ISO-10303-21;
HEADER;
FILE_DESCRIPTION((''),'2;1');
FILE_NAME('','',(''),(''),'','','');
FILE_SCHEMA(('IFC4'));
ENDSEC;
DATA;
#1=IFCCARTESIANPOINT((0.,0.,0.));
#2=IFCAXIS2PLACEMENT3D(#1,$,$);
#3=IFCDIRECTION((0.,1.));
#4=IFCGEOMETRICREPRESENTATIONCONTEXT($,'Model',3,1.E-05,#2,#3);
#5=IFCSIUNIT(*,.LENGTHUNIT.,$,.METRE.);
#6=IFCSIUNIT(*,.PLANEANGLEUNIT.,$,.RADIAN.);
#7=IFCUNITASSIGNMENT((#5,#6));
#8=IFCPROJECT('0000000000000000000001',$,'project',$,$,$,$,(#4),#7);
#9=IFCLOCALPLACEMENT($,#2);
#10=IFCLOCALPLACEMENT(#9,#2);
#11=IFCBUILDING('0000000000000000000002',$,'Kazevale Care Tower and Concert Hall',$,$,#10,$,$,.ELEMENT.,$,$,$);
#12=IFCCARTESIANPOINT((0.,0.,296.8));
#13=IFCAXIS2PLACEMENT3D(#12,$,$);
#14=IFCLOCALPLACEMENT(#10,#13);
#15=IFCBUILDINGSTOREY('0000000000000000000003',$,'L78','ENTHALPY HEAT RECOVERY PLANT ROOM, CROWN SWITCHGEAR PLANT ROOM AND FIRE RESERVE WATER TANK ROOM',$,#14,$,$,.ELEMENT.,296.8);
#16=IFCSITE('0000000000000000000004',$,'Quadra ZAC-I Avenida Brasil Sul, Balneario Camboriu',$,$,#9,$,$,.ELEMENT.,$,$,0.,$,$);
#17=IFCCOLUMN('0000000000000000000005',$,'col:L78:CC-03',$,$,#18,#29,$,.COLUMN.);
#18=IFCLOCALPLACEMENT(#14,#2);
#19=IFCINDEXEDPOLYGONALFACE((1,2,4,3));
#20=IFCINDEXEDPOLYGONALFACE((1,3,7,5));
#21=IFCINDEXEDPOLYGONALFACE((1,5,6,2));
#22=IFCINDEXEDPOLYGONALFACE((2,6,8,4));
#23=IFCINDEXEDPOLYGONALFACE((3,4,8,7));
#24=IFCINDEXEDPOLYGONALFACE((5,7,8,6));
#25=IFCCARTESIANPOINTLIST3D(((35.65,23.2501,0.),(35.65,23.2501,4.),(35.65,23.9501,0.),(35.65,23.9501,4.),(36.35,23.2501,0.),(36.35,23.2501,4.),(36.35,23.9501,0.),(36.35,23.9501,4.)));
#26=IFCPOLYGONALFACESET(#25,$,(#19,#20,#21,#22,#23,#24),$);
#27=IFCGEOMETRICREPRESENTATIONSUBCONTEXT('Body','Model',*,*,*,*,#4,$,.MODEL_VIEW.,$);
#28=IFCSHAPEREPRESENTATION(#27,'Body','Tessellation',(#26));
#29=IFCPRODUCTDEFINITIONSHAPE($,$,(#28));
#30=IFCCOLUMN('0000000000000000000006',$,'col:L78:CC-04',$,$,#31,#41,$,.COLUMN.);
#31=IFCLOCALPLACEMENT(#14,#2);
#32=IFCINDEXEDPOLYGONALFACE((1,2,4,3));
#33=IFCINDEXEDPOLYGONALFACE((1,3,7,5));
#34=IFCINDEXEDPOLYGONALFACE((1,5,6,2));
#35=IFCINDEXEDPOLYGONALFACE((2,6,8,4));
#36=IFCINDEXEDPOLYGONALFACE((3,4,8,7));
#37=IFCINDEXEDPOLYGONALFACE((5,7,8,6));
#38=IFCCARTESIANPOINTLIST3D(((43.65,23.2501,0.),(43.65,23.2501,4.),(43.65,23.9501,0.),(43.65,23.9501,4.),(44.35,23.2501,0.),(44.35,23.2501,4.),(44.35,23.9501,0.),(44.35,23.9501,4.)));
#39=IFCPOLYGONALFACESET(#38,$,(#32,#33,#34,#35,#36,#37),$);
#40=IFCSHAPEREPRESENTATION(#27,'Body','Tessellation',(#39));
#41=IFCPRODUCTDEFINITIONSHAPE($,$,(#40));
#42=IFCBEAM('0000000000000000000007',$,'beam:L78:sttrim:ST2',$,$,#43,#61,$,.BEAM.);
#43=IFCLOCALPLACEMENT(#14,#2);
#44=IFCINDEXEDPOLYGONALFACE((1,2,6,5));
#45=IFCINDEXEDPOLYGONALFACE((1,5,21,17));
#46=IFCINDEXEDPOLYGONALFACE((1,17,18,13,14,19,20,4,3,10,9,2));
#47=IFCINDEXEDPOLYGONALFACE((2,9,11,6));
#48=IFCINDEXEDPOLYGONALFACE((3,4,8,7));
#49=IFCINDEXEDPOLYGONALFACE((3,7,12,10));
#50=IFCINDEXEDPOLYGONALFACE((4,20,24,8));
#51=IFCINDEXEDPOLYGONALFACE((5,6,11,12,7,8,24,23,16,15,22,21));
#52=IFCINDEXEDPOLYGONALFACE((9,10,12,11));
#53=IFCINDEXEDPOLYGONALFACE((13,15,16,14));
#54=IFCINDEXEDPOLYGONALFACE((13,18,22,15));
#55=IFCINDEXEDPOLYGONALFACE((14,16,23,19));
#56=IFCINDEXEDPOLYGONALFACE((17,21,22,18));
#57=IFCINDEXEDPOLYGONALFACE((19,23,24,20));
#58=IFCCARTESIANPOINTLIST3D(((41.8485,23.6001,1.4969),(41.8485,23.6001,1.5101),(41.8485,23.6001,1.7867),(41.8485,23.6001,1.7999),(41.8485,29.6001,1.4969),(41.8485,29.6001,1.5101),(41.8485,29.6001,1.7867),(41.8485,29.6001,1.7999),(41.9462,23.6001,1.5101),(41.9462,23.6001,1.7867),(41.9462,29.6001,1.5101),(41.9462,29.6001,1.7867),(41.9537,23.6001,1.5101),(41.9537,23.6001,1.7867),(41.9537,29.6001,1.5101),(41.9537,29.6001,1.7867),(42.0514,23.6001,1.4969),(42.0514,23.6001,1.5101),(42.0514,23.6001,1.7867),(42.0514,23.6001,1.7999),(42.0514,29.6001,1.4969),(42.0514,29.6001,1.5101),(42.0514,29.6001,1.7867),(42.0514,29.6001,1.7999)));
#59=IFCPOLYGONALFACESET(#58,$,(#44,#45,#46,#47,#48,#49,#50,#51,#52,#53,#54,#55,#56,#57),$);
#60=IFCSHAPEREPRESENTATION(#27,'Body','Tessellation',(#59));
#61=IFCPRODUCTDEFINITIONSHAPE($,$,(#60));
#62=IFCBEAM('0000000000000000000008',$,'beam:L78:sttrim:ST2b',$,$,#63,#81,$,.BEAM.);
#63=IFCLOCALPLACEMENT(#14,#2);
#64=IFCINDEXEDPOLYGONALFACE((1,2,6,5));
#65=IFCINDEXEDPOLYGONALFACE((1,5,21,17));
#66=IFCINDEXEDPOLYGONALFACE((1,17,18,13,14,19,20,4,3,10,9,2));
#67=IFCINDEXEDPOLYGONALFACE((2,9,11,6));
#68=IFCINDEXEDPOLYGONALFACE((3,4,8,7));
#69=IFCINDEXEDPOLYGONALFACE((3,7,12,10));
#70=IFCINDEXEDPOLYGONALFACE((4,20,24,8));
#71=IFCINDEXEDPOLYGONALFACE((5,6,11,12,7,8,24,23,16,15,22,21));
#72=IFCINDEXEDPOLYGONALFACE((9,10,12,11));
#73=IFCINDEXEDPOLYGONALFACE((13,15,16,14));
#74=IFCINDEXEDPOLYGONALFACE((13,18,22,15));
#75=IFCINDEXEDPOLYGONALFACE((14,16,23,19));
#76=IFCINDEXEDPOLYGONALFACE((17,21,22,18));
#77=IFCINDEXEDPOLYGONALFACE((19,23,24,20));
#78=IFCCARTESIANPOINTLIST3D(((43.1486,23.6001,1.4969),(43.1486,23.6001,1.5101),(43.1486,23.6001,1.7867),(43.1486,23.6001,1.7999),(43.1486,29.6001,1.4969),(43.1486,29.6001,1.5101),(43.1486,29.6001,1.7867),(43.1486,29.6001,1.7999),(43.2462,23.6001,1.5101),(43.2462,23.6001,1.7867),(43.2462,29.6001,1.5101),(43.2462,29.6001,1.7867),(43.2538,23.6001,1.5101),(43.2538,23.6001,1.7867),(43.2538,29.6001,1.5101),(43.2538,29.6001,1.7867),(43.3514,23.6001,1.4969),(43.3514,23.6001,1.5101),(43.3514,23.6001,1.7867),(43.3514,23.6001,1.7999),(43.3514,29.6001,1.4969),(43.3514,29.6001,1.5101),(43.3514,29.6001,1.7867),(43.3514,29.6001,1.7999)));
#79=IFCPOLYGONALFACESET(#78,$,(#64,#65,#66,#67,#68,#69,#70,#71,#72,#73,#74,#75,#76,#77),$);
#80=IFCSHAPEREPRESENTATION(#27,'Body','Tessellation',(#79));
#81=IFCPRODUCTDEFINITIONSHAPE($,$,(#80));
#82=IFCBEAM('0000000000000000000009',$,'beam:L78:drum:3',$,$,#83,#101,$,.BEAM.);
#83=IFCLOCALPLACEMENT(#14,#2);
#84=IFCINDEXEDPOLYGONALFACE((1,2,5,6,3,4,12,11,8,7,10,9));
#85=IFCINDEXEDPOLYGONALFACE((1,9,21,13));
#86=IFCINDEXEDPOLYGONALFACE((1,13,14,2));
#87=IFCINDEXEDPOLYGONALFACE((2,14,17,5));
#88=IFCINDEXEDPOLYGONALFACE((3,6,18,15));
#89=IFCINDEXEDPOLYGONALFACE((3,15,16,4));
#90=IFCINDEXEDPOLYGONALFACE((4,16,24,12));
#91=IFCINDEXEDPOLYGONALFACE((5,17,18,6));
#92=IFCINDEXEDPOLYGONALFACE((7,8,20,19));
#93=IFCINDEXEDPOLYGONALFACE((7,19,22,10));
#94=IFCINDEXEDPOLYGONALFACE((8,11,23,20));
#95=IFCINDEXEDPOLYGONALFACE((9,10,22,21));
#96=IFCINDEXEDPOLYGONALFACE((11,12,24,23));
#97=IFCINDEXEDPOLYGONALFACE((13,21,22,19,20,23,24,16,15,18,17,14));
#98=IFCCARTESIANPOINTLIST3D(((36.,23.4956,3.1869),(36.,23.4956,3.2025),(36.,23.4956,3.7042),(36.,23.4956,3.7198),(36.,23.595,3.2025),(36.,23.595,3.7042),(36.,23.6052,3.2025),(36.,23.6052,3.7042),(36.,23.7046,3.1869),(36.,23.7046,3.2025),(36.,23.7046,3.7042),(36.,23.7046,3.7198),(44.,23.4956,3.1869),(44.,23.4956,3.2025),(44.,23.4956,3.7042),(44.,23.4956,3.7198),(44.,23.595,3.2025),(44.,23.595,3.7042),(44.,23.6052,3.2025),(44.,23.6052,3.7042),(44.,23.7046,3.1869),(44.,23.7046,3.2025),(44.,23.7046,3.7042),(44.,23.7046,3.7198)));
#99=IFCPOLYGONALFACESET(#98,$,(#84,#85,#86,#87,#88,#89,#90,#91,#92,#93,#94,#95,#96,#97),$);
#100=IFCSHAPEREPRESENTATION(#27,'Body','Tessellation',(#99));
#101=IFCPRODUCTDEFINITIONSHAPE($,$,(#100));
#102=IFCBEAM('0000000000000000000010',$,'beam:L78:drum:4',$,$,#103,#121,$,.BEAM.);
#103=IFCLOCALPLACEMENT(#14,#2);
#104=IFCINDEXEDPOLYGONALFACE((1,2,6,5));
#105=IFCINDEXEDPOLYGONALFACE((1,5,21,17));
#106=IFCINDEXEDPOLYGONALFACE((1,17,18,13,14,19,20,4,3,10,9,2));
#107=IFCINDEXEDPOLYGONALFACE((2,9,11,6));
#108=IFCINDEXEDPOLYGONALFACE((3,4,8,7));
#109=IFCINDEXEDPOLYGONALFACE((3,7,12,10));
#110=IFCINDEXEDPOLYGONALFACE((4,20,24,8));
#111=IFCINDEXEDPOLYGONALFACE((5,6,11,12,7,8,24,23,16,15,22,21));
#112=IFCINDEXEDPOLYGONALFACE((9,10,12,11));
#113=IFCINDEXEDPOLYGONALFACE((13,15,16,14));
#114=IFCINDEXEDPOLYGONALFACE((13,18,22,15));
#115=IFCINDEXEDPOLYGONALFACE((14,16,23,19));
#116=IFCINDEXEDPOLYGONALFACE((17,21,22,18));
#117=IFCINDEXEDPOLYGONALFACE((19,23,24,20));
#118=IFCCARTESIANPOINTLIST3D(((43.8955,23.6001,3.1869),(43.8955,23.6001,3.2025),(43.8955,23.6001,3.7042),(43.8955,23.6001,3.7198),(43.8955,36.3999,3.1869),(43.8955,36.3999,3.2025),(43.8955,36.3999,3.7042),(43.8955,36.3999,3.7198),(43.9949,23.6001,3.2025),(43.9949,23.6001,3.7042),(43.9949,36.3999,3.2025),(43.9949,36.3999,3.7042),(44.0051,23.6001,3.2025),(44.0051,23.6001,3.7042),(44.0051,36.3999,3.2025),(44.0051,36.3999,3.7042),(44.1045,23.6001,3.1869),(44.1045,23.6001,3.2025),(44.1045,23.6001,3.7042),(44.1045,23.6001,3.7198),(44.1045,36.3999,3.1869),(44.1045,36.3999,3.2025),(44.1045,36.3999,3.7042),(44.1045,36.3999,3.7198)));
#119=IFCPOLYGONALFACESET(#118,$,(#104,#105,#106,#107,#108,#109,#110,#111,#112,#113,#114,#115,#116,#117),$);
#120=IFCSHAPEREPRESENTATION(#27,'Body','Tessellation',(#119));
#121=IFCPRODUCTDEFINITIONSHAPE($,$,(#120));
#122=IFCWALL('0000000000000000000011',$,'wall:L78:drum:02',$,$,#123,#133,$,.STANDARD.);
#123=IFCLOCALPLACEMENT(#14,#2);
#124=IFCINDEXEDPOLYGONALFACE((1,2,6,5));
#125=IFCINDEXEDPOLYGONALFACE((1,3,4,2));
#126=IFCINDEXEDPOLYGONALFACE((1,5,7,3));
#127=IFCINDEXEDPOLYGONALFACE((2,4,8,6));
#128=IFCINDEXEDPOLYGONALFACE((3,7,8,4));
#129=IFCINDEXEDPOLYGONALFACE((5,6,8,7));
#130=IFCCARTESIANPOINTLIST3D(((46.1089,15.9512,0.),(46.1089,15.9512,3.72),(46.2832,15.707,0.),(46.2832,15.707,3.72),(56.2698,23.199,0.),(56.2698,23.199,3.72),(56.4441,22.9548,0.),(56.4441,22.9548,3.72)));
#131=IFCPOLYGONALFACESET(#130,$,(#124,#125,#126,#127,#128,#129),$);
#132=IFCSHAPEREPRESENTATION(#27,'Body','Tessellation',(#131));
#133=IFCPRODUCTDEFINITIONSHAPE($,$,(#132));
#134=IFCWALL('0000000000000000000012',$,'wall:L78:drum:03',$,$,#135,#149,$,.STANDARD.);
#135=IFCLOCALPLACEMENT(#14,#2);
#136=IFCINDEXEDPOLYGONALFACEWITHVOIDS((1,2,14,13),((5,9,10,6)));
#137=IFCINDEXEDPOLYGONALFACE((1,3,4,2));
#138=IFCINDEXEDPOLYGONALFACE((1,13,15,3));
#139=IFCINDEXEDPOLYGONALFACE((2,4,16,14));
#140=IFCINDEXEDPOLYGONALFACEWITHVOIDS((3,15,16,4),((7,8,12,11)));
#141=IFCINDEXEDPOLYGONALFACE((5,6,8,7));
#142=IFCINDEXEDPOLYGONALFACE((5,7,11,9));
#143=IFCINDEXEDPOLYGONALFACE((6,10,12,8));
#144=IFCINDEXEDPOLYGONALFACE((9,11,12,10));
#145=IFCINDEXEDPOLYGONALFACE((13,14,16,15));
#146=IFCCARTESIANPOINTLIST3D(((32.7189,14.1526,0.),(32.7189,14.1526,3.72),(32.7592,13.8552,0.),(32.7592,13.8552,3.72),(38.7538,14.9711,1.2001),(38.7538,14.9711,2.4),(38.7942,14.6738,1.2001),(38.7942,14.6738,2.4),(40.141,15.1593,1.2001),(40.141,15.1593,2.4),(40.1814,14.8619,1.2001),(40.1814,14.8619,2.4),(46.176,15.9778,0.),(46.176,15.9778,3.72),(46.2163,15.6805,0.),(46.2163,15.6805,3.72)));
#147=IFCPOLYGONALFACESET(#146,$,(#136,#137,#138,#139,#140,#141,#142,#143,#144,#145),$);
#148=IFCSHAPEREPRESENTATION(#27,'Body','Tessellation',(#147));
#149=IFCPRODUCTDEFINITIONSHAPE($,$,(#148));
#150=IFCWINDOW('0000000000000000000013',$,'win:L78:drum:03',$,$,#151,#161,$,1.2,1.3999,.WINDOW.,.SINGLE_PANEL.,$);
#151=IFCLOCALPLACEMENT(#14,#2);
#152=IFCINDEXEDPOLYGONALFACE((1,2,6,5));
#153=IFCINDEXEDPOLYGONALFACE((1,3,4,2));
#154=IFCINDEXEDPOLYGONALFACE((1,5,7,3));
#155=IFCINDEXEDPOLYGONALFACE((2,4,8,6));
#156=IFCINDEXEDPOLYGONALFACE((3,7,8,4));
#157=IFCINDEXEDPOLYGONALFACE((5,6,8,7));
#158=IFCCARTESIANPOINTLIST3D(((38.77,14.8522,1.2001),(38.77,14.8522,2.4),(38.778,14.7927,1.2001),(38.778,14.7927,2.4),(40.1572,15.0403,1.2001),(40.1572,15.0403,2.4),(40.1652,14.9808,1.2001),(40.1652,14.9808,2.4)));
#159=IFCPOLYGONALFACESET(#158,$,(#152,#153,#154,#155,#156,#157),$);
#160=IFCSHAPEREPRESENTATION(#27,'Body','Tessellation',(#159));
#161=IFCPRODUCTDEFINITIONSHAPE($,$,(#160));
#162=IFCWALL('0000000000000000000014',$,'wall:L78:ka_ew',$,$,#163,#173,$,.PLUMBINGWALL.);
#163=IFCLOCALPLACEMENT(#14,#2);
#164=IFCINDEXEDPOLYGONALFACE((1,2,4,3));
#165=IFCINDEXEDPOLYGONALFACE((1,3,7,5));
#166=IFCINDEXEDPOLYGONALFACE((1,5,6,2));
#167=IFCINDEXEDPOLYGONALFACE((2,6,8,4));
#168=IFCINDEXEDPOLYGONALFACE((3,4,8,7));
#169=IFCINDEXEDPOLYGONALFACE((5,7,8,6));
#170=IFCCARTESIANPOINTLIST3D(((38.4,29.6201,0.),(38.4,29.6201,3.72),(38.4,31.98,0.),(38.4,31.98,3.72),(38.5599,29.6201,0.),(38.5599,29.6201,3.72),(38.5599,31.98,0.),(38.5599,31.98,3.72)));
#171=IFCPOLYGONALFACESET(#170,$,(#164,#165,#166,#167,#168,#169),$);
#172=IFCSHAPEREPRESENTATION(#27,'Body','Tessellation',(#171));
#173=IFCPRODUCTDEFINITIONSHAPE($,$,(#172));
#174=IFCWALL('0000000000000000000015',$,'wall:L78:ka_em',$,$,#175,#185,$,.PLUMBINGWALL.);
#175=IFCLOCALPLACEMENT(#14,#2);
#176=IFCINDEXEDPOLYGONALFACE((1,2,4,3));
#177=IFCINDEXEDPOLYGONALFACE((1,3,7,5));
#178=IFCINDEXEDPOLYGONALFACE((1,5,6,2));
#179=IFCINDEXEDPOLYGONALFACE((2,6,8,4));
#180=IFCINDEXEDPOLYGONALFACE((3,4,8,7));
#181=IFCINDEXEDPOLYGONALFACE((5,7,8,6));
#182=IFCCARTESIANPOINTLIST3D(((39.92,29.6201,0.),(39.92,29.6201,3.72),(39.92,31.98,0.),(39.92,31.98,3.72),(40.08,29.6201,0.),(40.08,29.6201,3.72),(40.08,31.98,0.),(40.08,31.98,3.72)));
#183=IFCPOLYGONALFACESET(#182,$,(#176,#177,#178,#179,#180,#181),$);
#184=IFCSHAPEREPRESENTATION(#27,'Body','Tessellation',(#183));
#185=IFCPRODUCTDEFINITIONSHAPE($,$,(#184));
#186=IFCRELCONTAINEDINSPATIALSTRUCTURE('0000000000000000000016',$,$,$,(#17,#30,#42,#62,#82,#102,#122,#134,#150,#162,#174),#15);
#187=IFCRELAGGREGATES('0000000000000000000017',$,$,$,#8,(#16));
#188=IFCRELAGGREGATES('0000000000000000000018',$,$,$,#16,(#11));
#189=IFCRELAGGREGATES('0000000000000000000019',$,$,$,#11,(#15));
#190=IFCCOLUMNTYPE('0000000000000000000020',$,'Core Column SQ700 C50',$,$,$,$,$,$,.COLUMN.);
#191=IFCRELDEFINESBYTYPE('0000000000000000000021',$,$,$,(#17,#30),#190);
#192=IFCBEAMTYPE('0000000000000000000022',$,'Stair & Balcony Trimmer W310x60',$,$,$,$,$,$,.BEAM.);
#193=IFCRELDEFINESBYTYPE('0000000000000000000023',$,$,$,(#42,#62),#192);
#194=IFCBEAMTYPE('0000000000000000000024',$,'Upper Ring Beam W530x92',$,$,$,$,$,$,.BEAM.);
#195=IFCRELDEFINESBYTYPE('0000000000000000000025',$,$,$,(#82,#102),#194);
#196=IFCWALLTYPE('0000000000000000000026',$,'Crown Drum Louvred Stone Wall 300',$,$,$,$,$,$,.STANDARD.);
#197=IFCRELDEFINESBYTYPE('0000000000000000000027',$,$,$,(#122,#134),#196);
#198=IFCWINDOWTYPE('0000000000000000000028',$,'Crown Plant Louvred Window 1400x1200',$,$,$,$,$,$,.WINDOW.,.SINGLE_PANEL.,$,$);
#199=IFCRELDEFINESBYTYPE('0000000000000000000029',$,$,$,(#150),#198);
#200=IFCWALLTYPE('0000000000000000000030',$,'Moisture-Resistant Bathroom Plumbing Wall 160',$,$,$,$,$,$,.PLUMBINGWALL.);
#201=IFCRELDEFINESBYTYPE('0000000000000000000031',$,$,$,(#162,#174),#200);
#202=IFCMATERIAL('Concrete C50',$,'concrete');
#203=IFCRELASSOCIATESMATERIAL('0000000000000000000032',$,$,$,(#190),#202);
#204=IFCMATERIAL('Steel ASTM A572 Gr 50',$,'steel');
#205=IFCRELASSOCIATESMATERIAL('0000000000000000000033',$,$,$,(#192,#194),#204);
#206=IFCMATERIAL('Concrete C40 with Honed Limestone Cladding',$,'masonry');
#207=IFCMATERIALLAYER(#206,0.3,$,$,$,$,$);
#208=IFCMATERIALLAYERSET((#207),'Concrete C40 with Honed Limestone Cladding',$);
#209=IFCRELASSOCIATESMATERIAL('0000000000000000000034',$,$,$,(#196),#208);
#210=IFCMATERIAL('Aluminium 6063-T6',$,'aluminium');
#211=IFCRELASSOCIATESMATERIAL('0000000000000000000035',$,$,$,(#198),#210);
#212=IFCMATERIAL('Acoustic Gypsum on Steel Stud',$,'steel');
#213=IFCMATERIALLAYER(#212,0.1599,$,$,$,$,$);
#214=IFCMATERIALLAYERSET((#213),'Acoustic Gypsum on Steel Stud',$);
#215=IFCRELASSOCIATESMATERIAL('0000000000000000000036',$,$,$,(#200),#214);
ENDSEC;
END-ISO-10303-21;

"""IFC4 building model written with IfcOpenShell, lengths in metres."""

from ifc_helpers import new_model, si_unit, direction, frame, frame_2d, origin, origin_2d, place, context, subcontext, project, spatial, rectangle, i_section, extrude, material, layer, layer_set, material_profile, profile_set, type_object, element, fill, save


model = new_model("IFC4")

# Units and contexts
model_context = context("Model", 3, precision=1e-05, world=origin(), true_north=direction((0.0, 1.0)))
body_context = subcontext(model_context, "Body", "Model", "MODEL_VIEW")
ifc_project = project(units=[si_unit("LENGTHUNIT", "METRE"), si_unit("PLANEANGLEUNIT", "RADIAN")], contexts=[model_context])

# Site, building, storey
site_placement = place(None, origin())
site = spatial("IfcSite", under=ifc_project, at=site_placement, Name="Quadra ZAC-I Avenida Brasil Sul, Balneario Camboriu", CompositionType="ELEMENT", RefElevation=0.0)
building_placement = place(site_placement, origin())
building = spatial("IfcBuilding", under=site, at=building_placement, Name="Kazevale Care Tower and Concert Hall", CompositionType="ELEMENT")
storey_placement = place(building_placement, frame((0.0, 0.0, 296.8)))
storey = spatial("IfcBuildingStorey", under=building, at=storey_placement, Name="L78", Description="ENTHALPY HEAT RECOVERY PLANT ROOM, CROWN SWITCHGEAR PLANT ROOM AND FIRE RESERVE WATER TANK ROOM", CompositionType="ELEMENT", Elevation=296.8)

# Columns
ifc_material_1 = material(Name="Concrete C50", Category="concrete")
ifc_material_profile_1 = material_profile(ifc_material_1, rectangle(XDim=0.7, YDim=0.7, at=origin_2d()), Name="RC-SQ700")
ifc_profile_set_1 = profile_set([ifc_material_profile_1], Name="Concrete C50")
column_type = type_object("IfcColumnType", Name="Core Column SQ700 C50", PredefinedType="COLUMN", material=ifc_profile_set_1)
for number, where, z_axis, x_axis, name in (
    (1, (36.0, 23.6001, 0.0), (0.0, 0.0, 1.0), (1.0, 0.0, 0.0), "col:L78:CC-03"),
    (2, (44.0, 23.6001, 0.0), (0.0, 0.0, 1.0), (1.0, 0.0, 0.0), "col:L78:CC-04"),
):
    element("IfcColumn", number, at=place(storey_placement, frame(where, z_axis=z_axis, x_axis=x_axis)), inside=storey, type_object=column_type, Name=name, PredefinedType="COLUMN", context=body_context, shape_type="SweptSolid", body=[
        extrude(rectangle(XDim=0.7, YDim=0.7, at=origin_2d()), origin(), (0.0, 0.0, 1.0), 4.0),
    ])

# Beams
ifc_material_2 = material(Name="Steel ASTM A572 Gr 50", Category="steel")
ifc_material_profile_2 = material_profile(ifc_material_2, i_section(OverallWidth=0.2029, OverallDepth=0.303, WebThickness=0.0076, FlangeThickness=0.0132, at=origin_2d()), Name="W310x60")
ifc_profile_set_2 = profile_set([ifc_material_profile_2], Name="Steel ASTM A572 Gr 50")
beam_type_1 = type_object("IfcBeamType", Name="Stair & Balcony Trimmer W310x60", PredefinedType="BEAM", material=ifc_profile_set_2)
for number, where, z_axis, x_axis, name in (
    (3, (41.95, 23.6001, 1.6484), (0.0, 1.0, 0.0), (-1.0, 0.0, 0.0), "beam:L78:sttrim:ST2"),
    (4, (43.25, 23.6001, 1.6484), (0.0, 1.0, 0.0), (-1.0, 0.0, 0.0), "beam:L78:sttrim:ST2b"),
):
    element("IfcBeam", number, at=place(storey_placement, frame(where, z_axis=z_axis, x_axis=x_axis)), inside=storey, type_object=beam_type_1, Name=name, PredefinedType="BEAM", context=body_context, shape_type="SweptSolid", body=[
        extrude(i_section(OverallWidth=0.2029, OverallDepth=0.303, WebThickness=0.0076, FlangeThickness=0.0132, at=origin_2d()), origin(), (0.0, 0.0, 1.0), 6.0),
    ])
ifc_material_profile_3 = material_profile(ifc_material_2, i_section(OverallWidth=0.209, OverallDepth=0.533, WebThickness=0.0103, FlangeThickness=0.0156, at=origin_2d()), Name="W530x92")
ifc_profile_set_3 = profile_set([ifc_material_profile_3], Name="Steel ASTM A572 Gr 50")
beam_type_2 = type_object("IfcBeamType", Name="Upper Ring Beam W530x92", PredefinedType="BEAM", material=ifc_profile_set_3)
beam_1_placement = place(storey_placement, frame((36.0, 23.6001, 3.4534), z_axis=(1.0, 0.0, 0.0), x_axis=(0.0, 1.0, 0.0)))
element("IfcBeam", 5, at=beam_1_placement, inside=storey, type_object=beam_type_2, Name="beam:L78:drum:3", PredefinedType="BEAM", context=body_context, shape_type="SweptSolid", body=[
    extrude(i_section(OverallWidth=0.209, OverallDepth=0.533, WebThickness=0.0103, FlangeThickness=0.0156, at=origin_2d()), origin(), (0.0, 0.0, 1.0), 8.0),
])
beam_2_placement = place(storey_placement, frame((44.0, 23.6001, 3.4534), z_axis=(0.0, 1.0, 0.0), x_axis=(-1.0, 0.0, 0.0)))
element("IfcBeam", 6, at=beam_2_placement, inside=storey, type_object=beam_type_2, Name="beam:L78:drum:4", PredefinedType="BEAM", context=body_context, shape_type="SweptSolid", body=[
    extrude(i_section(OverallWidth=0.209, OverallDepth=0.533, WebThickness=0.0103, FlangeThickness=0.0156, at=origin_2d()), origin(), (0.0, 0.0, 1.0), 12.7998),
])

# Wall
ifc_material_3 = material(Name="Concrete C40 with Honed Limestone Cladding", Category="masonry")
ifc_layer_1 = layer(ifc_material_3, 0.3)
ifc_layer_set_1 = layer_set([ifc_layer_1], Name="Concrete C40 with Honed Limestone Cladding")
wall_type_1 = type_object("IfcWallType", Name="Crown Drum Louvred Stone Wall 300", PredefinedType="STANDARD", material=ifc_layer_set_1)
wall_1_placement = place(storey_placement, frame((56.3569, 23.0769, 0.0), z_axis=(0.0, 0.0, 1.0), x_axis=(-0.814111, -0.580709, 0.0)))
element("IfcWall", 7, at=wall_1_placement, inside=storey, type_object=wall_type_1, Name="wall:L78:drum:02", PredefinedType="STANDARD", context=body_context, shape_type="SweptSolid", body=[
    extrude(rectangle(XDim=12.481, YDim=0.3, at=frame_2d((6.2405, 0.0))), origin(), (0.0, 0.0, 1.0), 3.72),
])

# Wall, opening, window
wall_2_placement = place(storey_placement, frame((46.196, 15.8291, 0.0), z_axis=(0.0, 0.0, 1.0), x_axis=(-0.990927, -0.134401, 0.0)))
wall_2 = element("IfcWall", 8, at=wall_2_placement, inside=storey, type_object=wall_type_1, Name="wall:L78:drum:03", PredefinedType="STANDARD", context=body_context, shape_type="SweptSolid", body=[
    extrude(rectangle(XDim=13.5803, YDim=0.3, at=frame_2d((6.79, 0.0))), origin(), (0.0, 0.0, 1.0), 3.72),
])
opening_1_placement = place(wall_2_placement, frame((6.0901, 0.0, 1.2)))
opening_1 = element("IfcOpeningElement", 9, at=opening_1_placement, cuts=wall_2, PredefinedType="OPENING", context=body_context, shape_type="SweptSolid", body=[
    extrude(rectangle(XDim=1.3999, YDim=1.2, at=frame_2d((0.7, 0.6001))), frame((0.0, 0.1599, 0.0), z_axis=(0.0, -1.0, 0.0), x_axis=(1.0, 0.0, 0.0)), (0.0, 0.0, 1.0), 0.3201),
])
ifc_material_4 = material(Name="Aluminium 6063-T6", Category="aluminium")
window_type = type_object("IfcWindowType", Name="Crown Plant Louvred Window 1400x1200", PartitioningType="SINGLE_PANEL", PredefinedType="WINDOW", material=ifc_material_4)
window_placement = place(opening_1_placement, origin())
window = element("IfcWindow", 10, at=window_placement, inside=storey, type_object=window_type, Name="win:L78:drum:03", OverallHeight=1.2, OverallWidth=1.3999, PartitioningType="SINGLE_PANEL", PredefinedType="WINDOW", context=body_context, shape_type="SweptSolid", body=[
    extrude(rectangle(XDim=1.3999, YDim=1.2, at=frame_2d((0.7, 0.6001))), frame((0.0, 0.03, 0.0), z_axis=(0.0, -1.0, 0.0), x_axis=(1.0, 0.0, 0.0)), (0.0, 0.0, 1.0), 0.0601),
])
fill(opening_1, window)

# Walls
ifc_material_5 = material(Name="Acoustic Gypsum on Steel Stud", Category="steel")
ifc_layer_2 = layer(ifc_material_5, 0.1599)
ifc_layer_set_2 = layer_set([ifc_layer_2], Name="Acoustic Gypsum on Steel Stud")
wall_type_2 = type_object("IfcWallType", Name="Moisture-Resistant Bathroom Plumbing Wall 160", PredefinedType="PLUMBINGWALL", material=ifc_layer_set_2)
for number, where, z_axis, x_axis, name in (
    (11, (38.48, 29.6201, 0.0), (0.0, 0.0, 1.0), (0.0, 1.0, 0.0), "wall:L78:ka_ew"),
    (12, (40.0, 29.6201, 0.0), (0.0, 0.0, 1.0), (0.0, 1.0, 0.0), "wall:L78:ka_em"),
):
    element("IfcWall", number, at=place(storey_placement, frame(where, z_axis=z_axis, x_axis=x_axis)), inside=storey, type_object=wall_type_2, Name=name, PredefinedType="PLUMBINGWALL", context=body_context, shape_type="SweptSolid", body=[
        extrude(rectangle(XDim=2.3599, YDim=0.1599, at=frame_2d((1.1799, 0.0))), origin(), (0.0, 0.0, 1.0), 3.72),
    ])

save(model, "model.ifc")
